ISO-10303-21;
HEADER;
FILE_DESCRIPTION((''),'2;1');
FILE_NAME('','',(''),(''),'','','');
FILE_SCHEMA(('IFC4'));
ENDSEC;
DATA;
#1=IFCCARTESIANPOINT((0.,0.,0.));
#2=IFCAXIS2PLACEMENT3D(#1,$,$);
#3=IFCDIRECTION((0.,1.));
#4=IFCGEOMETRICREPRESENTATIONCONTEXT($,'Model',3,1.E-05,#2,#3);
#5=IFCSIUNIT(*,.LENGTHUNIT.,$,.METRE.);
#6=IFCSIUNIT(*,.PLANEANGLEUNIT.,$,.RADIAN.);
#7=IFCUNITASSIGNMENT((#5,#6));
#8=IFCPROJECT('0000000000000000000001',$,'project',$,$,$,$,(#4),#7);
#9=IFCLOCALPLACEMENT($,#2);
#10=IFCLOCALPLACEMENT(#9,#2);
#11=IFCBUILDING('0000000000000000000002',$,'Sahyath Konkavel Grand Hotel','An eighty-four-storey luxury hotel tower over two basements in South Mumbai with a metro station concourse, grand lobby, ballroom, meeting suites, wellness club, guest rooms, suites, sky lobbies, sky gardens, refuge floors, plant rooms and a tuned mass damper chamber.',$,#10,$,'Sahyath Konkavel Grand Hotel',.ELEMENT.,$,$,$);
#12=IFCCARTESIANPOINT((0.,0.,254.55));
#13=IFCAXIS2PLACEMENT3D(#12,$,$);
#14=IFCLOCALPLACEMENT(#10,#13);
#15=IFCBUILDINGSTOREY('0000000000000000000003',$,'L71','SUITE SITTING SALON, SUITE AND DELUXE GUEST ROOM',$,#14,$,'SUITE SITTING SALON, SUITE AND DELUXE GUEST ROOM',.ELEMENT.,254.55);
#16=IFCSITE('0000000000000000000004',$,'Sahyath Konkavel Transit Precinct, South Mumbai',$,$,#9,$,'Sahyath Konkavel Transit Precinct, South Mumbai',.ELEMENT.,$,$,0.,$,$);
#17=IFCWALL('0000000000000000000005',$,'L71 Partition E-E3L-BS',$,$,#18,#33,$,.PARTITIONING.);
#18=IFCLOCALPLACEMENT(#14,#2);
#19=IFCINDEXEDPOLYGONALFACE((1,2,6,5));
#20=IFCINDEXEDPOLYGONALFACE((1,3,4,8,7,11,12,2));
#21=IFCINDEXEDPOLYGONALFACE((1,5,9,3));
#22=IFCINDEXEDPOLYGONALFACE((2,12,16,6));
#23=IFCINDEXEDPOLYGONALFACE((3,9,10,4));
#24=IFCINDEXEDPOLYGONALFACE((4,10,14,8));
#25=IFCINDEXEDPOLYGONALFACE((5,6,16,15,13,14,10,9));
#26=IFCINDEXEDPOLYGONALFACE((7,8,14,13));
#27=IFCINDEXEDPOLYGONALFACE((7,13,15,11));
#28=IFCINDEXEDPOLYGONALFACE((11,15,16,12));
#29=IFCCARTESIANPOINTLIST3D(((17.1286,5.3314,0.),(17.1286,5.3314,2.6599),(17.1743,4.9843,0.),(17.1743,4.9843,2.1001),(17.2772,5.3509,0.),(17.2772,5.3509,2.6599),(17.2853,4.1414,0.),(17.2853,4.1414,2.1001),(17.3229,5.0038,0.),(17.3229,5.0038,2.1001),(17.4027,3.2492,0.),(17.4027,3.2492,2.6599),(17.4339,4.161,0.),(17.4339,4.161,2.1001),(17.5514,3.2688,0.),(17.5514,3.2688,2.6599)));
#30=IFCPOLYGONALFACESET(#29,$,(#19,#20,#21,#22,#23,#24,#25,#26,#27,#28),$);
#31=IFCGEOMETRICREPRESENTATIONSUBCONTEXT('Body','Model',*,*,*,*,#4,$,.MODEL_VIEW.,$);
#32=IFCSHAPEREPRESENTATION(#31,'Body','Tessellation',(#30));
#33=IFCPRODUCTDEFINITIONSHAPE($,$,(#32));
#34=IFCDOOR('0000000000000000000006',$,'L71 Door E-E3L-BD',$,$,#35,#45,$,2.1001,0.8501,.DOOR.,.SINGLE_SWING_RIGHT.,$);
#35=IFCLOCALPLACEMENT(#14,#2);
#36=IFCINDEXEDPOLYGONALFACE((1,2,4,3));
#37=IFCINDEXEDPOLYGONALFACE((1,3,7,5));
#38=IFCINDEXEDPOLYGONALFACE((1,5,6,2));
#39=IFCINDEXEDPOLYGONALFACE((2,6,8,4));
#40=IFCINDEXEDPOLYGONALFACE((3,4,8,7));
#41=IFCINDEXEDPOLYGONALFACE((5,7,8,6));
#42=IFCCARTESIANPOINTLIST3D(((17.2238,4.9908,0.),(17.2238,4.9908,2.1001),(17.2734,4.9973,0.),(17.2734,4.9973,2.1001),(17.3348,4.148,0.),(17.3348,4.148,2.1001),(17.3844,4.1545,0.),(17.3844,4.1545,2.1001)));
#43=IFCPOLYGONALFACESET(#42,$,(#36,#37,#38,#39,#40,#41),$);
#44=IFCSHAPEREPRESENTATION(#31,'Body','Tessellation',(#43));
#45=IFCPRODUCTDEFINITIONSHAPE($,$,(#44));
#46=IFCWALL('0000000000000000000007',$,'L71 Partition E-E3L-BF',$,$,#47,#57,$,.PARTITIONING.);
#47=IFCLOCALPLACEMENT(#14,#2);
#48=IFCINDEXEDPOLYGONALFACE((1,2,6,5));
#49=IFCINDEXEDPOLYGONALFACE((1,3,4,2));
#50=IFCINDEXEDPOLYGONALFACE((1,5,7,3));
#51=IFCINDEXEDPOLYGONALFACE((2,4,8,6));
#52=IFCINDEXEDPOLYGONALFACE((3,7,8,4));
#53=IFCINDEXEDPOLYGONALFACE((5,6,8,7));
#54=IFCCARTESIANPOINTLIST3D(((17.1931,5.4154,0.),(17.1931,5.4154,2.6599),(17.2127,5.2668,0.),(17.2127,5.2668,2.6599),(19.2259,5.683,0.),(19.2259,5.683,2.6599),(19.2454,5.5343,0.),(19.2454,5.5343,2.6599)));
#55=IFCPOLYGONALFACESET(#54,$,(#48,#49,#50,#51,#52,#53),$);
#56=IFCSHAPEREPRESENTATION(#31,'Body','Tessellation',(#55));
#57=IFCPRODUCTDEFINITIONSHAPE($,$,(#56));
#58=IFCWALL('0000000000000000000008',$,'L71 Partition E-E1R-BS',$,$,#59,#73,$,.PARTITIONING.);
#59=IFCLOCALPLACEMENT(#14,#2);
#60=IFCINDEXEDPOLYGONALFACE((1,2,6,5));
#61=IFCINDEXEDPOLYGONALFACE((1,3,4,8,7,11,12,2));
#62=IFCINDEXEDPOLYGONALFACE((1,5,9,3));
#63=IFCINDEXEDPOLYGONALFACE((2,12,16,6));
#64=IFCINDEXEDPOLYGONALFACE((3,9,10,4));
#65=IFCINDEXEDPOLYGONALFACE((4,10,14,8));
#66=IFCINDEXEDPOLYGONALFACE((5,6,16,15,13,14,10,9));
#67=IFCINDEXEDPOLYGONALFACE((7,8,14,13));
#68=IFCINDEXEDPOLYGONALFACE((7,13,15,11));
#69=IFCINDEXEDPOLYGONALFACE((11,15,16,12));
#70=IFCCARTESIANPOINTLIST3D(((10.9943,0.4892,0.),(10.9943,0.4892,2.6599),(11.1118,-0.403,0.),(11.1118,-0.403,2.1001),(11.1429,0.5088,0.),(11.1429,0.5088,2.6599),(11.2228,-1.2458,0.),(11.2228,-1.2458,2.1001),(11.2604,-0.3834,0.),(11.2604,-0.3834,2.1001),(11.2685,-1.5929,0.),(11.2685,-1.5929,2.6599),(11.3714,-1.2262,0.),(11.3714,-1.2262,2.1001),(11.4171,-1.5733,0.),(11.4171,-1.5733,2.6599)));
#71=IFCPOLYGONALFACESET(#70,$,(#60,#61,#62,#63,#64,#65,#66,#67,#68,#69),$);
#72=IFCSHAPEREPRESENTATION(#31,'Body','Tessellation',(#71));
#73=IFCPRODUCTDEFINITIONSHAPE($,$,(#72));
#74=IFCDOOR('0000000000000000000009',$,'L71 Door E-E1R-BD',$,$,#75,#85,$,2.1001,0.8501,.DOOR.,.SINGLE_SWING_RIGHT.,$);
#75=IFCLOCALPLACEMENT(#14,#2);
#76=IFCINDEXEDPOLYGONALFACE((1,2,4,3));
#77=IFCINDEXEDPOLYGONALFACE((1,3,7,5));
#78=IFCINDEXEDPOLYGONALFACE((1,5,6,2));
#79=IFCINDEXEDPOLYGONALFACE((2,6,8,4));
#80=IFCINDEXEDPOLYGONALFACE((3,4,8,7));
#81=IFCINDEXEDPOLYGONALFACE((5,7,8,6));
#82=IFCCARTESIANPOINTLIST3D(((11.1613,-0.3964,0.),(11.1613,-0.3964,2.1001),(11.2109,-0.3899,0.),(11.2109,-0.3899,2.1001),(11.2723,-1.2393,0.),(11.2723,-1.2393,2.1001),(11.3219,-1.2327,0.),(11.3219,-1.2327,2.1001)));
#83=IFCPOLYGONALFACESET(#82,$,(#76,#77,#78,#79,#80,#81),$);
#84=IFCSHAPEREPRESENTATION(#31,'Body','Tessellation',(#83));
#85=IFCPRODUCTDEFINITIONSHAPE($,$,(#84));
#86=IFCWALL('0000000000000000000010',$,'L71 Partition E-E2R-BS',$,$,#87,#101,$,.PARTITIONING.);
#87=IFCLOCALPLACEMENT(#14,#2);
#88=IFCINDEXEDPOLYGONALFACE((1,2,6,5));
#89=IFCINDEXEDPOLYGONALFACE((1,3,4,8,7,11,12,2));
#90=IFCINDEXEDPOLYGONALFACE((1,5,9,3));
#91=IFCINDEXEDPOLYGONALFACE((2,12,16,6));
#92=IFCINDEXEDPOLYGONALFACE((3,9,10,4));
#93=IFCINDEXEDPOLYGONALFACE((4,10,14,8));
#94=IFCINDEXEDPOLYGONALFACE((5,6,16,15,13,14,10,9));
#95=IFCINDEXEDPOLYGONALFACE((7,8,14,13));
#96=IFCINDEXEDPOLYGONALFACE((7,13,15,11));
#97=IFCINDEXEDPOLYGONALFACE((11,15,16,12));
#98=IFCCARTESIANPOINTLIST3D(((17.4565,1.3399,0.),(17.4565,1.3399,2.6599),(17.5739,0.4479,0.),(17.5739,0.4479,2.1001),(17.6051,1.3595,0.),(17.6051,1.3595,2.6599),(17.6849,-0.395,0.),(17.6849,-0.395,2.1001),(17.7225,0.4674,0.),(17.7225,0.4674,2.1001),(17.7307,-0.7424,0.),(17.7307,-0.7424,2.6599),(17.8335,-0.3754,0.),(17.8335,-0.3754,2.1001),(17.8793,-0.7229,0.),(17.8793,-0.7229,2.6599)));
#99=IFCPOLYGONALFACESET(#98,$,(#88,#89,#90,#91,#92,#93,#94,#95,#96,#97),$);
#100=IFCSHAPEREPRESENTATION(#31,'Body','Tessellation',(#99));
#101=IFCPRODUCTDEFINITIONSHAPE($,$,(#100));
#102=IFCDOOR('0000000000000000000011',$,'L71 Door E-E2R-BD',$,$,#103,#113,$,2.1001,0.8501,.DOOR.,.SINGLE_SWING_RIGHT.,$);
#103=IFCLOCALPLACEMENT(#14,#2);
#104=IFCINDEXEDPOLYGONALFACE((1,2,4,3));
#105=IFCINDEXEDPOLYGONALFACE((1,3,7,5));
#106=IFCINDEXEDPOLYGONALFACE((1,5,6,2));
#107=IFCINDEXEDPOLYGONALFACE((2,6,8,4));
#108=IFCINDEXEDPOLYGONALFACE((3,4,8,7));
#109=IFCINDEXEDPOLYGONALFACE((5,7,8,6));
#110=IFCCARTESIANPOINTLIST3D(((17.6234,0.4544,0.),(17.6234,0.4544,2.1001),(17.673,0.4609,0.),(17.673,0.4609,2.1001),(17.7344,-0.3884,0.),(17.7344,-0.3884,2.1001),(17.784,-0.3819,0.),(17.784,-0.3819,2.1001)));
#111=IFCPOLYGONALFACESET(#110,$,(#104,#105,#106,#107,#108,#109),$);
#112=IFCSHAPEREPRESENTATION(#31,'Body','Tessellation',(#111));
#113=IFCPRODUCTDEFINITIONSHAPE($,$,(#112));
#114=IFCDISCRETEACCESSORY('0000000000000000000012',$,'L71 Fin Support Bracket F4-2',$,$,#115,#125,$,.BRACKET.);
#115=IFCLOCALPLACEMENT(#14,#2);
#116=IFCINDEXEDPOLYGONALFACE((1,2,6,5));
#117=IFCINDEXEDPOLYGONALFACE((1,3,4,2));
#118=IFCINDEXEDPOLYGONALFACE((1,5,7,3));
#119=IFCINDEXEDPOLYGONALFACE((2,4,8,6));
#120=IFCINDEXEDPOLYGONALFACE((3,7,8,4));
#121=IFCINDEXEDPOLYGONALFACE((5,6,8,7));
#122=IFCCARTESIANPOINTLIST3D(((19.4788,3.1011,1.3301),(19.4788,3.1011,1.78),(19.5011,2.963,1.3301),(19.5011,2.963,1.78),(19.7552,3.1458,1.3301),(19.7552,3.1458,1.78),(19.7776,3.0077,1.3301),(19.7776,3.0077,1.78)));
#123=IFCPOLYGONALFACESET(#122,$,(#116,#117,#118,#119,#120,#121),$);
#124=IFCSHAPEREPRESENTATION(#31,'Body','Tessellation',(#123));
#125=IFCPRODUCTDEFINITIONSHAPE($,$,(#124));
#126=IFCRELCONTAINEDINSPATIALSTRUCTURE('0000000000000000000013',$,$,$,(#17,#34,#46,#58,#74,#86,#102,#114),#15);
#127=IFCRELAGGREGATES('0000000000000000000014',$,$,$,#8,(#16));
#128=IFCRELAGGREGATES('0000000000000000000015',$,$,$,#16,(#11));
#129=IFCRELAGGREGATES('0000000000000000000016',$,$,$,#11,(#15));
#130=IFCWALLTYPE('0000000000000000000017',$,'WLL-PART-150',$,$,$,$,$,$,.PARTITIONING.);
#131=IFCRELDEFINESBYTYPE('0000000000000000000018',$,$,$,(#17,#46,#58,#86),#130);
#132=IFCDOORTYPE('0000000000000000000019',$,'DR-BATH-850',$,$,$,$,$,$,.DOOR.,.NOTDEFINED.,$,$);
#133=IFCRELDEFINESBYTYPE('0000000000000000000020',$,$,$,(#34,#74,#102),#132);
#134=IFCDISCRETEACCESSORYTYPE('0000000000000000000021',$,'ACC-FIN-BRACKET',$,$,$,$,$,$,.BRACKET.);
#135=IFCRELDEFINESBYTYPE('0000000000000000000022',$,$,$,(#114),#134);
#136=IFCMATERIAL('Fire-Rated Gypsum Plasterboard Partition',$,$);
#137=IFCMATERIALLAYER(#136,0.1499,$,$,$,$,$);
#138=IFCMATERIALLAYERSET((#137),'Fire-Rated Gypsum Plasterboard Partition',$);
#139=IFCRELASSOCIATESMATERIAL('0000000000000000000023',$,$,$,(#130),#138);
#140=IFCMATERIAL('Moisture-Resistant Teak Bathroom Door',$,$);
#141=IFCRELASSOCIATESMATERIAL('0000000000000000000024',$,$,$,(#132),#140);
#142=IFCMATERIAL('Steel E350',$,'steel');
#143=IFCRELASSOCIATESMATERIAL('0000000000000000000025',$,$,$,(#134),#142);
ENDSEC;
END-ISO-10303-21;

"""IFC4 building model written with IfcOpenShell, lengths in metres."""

from ifc_helpers import new_model, si_unit, direction, frame, frame_2d, origin, origin_2d, place, context, subcontext, project, spatial, rectangle, extrude, source, transform, mapped, material, layer, layer_set, type_object, element, fill, save


model = new_model("IFC4")

# Units and contexts
model_context = context("Model", 3, precision=1e-05, world=origin(), true_north=direction((0.0, 1.0)))
body_context = subcontext(model_context, "Body", "Model", "MODEL_VIEW")
ifc_project = project(units=[si_unit("LENGTHUNIT", "METRE"), si_unit("PLANEANGLEUNIT", "RADIAN")], contexts=[model_context])

# Site, building, storey
site_placement = place(None, origin())
site = spatial("IfcSite", under=ifc_project, at=site_placement, Name="Sahyath Konkavel Transit Precinct, South Mumbai", LongName="Sahyath Konkavel Transit Precinct, South Mumbai", CompositionType="ELEMENT", RefElevation=0.0)
building_placement = place(site_placement, origin())
building = spatial("IfcBuilding", under=site, at=building_placement, Name="Sahyath Konkavel Grand Hotel", Description="An eighty-four-storey luxury hotel tower over two basements in South Mumbai with a metro station concourse, grand lobby, ballroom, meeting suites, wellness club, guest rooms, suites, sky lobbies, sky gardens, refuge floors, plant rooms and a tuned mass damper chamber.", LongName="Sahyath Konkavel Grand Hotel", CompositionType="ELEMENT")
storey_placement = place(building_placement, frame((0.0, 0.0, 254.55)))
storey = spatial("IfcBuildingStorey", under=building, at=storey_placement, Name="L71", Description="SUITE SITTING SALON, SUITE AND DELUXE GUEST ROOM", LongName="SUITE SITTING SALON, SUITE AND DELUXE GUEST ROOM", CompositionType="ELEMENT", Elevation=254.55)

# Shared definitions
ifc_material_1 = material(Name="Steel E350", Category="steel")

# Shared definitions
ifc_material_2 = material(Name="Fire-Rated Gypsum Plasterboard Partition")
ifc_layer_1 = layer(ifc_material_2, 0.1499)
ifc_layer_set_1 = layer_set([ifc_layer_1], Name="Fire-Rated Gypsum Plasterboard Partition")
wall_type_1 = type_object("IfcWallType", Name="WLL-PART-150", PredefinedType="PARTITIONING", material=ifc_layer_set_1)
ifc_material_3 = material(Name="Moisture-Resistant Teak Bathroom Door")
door_type = type_object("IfcDoorType", Name="DR-BATH-850", OperationType="NOTDEFINED", PredefinedType="DOOR", material=ifc_material_3)
shared_shape_1 = source(origin(), body_context, "Body", "SweptSolid", [
    extrude(rectangle(XDim=0.8501, YDim=0.05, at=origin_2d()), origin(), (0.0, 0.0, 1.0), 2.1001),
])

# Wall, opening, door
wall_1_placement = place(storey_placement, frame((17.4771, 3.259, 0.0), z_axis=(0.0, 0.0, 1.0), x_axis=(-0.130557, 0.991441, 0.0)))
wall_1 = element("IfcWall", 1, at=wall_1_placement, inside=storey, type_object=wall_type_1, Name="L71 Partition E-E3L-BS", PredefinedType="PARTITIONING", context=body_context, shape_type="SweptSolid", body=[
    extrude(rectangle(XDim=2.1001, YDim=0.1499, at=frame_2d((1.05, 0.0))), origin(), (0.0, 0.0, 1.0), 2.6599),
])
opening_1_placement = place(wall_1_placement, frame((0.8999, 0.0, 0.0)))
opening_1 = element("IfcOpeningElement", 2, at=opening_1_placement, cuts=wall_1, PredefinedType="OPENING", context=body_context, shape_type="SweptSolid", body=[
    extrude(rectangle(XDim=0.8501, YDim=2.1001, at=frame_2d((0.425, 1.05))), frame((0.0, 0.085, 0.0), z_axis=(0.0, -1.0, 0.0), x_axis=(1.0, 0.0, 0.0)), (0.0, 0.0, 1.0), 0.1699),
])
door_1_placement = place(opening_1_placement, frame((0.425, 0.0, 0.0)))
door_1 = element("IfcDoor", 3, at=door_1_placement, inside=storey, type_object=door_type, Name="L71 Door E-E3L-BD", OperationType="SINGLE_SWING_RIGHT", OverallHeight=2.1001, OverallWidth=0.8501, PredefinedType="DOOR", context=body_context, shape_type="MappedRepresentation", body=[
    mapped(shared_shape_1, transform((0.0, 0.0, 0.0), scale=1.0)),
])
fill(opening_1, door_1)

# Wall
wall_2_placement = place(storey_placement, frame((17.2029, 5.3411, 0.0), z_axis=(0.0, 0.0, 1.0), x_axis=(0.991447, 0.13051, 0.0)))
element("IfcWall", 4, at=wall_2_placement, inside=storey, type_object=wall_type_1, Name="L71 Partition E-E3L-BF", PredefinedType="PARTITIONING", context=body_context, shape_type="SweptSolid", body=[
    extrude(rectangle(XDim=2.0503, YDim=0.1499, at=frame_2d((1.0251, 0.0))), origin(), (0.0, 0.0, 1.0), 2.6599),
])

# Walls, openings, doors
wall_3_placement = place(storey_placement, frame((11.0686, 0.499, 0.0), z_axis=(0.0, 0.0, 1.0), x_axis=(0.130557, -0.991441, 0.0)))
wall_3 = element("IfcWall", 5, at=wall_3_placement, inside=storey, type_object=wall_type_1, Name="L71 Partition E-E1R-BS", PredefinedType="PARTITIONING", context=body_context, shape_type="SweptSolid", body=[
    extrude(rectangle(XDim=2.1001, YDim=0.1499, at=frame_2d((1.05, 0.0))), origin(), (0.0, 0.0, 1.0), 2.6599),
])
opening_2_placement = place(wall_3_placement, frame((0.8999, 0.0, 0.0)))
opening_2 = element("IfcOpeningElement", 6, at=opening_2_placement, cuts=wall_3, PredefinedType="OPENING", context=body_context, shape_type="SweptSolid", body=[
    extrude(rectangle(XDim=0.8501, YDim=2.1001, at=frame_2d((0.425, 1.05))), frame((0.0, 0.085, 0.0), z_axis=(0.0, -1.0, 0.0), x_axis=(1.0, 0.0, 0.0)), (0.0, 0.0, 1.0), 0.1699),
])
door_2_placement = place(opening_2_placement, frame((0.425, 0.0, 0.0)))
door_2 = element("IfcDoor", 7, at=door_2_placement, inside=storey, type_object=door_type, Name="L71 Door E-E1R-BD", OperationType="SINGLE_SWING_RIGHT", OverallHeight=2.1001, OverallWidth=0.8501, PredefinedType="DOOR", context=body_context, shape_type="MappedRepresentation", body=[
    mapped(shared_shape_1, transform((0.0, 0.0, 0.0), scale=1.0)),
])
fill(opening_2, door_2)
wall_4_placement = place(storey_placement, frame((17.5308, 1.3499, 0.0), z_axis=(0.0, 0.0, 1.0), x_axis=(0.130542, -0.991443, 0.0)))
wall_4 = element("IfcWall", 8, at=wall_4_placement, inside=storey, type_object=wall_type_1, Name="L71 Partition E-E2R-BS", PredefinedType="PARTITIONING", context=body_context, shape_type="SweptSolid", body=[
    extrude(rectangle(XDim=2.1003, YDim=0.1499, at=frame_2d((1.0503, 0.0))), origin(), (0.0, 0.0, 1.0), 2.6599),
])
opening_3_placement = place(wall_4_placement, frame((0.8999, 0.0, 0.0)))
opening_3 = element("IfcOpeningElement", 9, at=opening_3_placement, cuts=wall_4, PredefinedType="OPENING", context=body_context, shape_type="SweptSolid", body=[
    extrude(rectangle(XDim=0.8501, YDim=2.1001, at=frame_2d((0.425, 1.05))), frame((0.0, 0.085, 0.0), z_axis=(0.0, -1.0, 0.0), x_axis=(1.0, 0.0, 0.0)), (0.0, 0.0, 1.0), 0.1699),
])
door_3_placement = place(opening_3_placement, frame((0.425, 0.0, 0.0)))
door_3 = element("IfcDoor", 10, at=door_3_placement, inside=storey, type_object=door_type, Name="L71 Door E-E2R-BD", OperationType="SINGLE_SWING_RIGHT", OverallHeight=2.1001, OverallWidth=0.8501, PredefinedType="DOOR", context=body_context, shape_type="MappedRepresentation", body=[
    mapped(shared_shape_1, transform((0.0, 0.0, 0.0), scale=1.0)),
])
fill(opening_3, door_3)

# Discrete accessory
discrete_accessory_type = type_object("IfcDiscreteAccessoryType", Name="ACC-FIN-BRACKET", PredefinedType="BRACKET", material=ifc_material_1)
shared_shape_2 = source(origin(), body_context, "Body", "SweptSolid", [
    extrude(rectangle(XDim=0.28, YDim=0.1399, at=origin_2d()), origin(), (0.0, 0.0, 1.0), 0.45),
])
discrete_accessory_placement = place(storey_placement, frame((19.6282, 3.0544, 1.3301), z_axis=(0.0, 0.0, 1.0), x_axis=(0.987181, 0.159606, 0.0)))
element("IfcDiscreteAccessory", 11, at=discrete_accessory_placement, inside=storey, type_object=discrete_accessory_type, Name="L71 Fin Support Bracket F4-2", PredefinedType="BRACKET", context=body_context, shape_type="MappedRepresentation", body=[
    mapped(shared_shape_2, transform((0.0, 0.0, 0.0), scale=1.0)),
])

save(model, "model.ifc")
